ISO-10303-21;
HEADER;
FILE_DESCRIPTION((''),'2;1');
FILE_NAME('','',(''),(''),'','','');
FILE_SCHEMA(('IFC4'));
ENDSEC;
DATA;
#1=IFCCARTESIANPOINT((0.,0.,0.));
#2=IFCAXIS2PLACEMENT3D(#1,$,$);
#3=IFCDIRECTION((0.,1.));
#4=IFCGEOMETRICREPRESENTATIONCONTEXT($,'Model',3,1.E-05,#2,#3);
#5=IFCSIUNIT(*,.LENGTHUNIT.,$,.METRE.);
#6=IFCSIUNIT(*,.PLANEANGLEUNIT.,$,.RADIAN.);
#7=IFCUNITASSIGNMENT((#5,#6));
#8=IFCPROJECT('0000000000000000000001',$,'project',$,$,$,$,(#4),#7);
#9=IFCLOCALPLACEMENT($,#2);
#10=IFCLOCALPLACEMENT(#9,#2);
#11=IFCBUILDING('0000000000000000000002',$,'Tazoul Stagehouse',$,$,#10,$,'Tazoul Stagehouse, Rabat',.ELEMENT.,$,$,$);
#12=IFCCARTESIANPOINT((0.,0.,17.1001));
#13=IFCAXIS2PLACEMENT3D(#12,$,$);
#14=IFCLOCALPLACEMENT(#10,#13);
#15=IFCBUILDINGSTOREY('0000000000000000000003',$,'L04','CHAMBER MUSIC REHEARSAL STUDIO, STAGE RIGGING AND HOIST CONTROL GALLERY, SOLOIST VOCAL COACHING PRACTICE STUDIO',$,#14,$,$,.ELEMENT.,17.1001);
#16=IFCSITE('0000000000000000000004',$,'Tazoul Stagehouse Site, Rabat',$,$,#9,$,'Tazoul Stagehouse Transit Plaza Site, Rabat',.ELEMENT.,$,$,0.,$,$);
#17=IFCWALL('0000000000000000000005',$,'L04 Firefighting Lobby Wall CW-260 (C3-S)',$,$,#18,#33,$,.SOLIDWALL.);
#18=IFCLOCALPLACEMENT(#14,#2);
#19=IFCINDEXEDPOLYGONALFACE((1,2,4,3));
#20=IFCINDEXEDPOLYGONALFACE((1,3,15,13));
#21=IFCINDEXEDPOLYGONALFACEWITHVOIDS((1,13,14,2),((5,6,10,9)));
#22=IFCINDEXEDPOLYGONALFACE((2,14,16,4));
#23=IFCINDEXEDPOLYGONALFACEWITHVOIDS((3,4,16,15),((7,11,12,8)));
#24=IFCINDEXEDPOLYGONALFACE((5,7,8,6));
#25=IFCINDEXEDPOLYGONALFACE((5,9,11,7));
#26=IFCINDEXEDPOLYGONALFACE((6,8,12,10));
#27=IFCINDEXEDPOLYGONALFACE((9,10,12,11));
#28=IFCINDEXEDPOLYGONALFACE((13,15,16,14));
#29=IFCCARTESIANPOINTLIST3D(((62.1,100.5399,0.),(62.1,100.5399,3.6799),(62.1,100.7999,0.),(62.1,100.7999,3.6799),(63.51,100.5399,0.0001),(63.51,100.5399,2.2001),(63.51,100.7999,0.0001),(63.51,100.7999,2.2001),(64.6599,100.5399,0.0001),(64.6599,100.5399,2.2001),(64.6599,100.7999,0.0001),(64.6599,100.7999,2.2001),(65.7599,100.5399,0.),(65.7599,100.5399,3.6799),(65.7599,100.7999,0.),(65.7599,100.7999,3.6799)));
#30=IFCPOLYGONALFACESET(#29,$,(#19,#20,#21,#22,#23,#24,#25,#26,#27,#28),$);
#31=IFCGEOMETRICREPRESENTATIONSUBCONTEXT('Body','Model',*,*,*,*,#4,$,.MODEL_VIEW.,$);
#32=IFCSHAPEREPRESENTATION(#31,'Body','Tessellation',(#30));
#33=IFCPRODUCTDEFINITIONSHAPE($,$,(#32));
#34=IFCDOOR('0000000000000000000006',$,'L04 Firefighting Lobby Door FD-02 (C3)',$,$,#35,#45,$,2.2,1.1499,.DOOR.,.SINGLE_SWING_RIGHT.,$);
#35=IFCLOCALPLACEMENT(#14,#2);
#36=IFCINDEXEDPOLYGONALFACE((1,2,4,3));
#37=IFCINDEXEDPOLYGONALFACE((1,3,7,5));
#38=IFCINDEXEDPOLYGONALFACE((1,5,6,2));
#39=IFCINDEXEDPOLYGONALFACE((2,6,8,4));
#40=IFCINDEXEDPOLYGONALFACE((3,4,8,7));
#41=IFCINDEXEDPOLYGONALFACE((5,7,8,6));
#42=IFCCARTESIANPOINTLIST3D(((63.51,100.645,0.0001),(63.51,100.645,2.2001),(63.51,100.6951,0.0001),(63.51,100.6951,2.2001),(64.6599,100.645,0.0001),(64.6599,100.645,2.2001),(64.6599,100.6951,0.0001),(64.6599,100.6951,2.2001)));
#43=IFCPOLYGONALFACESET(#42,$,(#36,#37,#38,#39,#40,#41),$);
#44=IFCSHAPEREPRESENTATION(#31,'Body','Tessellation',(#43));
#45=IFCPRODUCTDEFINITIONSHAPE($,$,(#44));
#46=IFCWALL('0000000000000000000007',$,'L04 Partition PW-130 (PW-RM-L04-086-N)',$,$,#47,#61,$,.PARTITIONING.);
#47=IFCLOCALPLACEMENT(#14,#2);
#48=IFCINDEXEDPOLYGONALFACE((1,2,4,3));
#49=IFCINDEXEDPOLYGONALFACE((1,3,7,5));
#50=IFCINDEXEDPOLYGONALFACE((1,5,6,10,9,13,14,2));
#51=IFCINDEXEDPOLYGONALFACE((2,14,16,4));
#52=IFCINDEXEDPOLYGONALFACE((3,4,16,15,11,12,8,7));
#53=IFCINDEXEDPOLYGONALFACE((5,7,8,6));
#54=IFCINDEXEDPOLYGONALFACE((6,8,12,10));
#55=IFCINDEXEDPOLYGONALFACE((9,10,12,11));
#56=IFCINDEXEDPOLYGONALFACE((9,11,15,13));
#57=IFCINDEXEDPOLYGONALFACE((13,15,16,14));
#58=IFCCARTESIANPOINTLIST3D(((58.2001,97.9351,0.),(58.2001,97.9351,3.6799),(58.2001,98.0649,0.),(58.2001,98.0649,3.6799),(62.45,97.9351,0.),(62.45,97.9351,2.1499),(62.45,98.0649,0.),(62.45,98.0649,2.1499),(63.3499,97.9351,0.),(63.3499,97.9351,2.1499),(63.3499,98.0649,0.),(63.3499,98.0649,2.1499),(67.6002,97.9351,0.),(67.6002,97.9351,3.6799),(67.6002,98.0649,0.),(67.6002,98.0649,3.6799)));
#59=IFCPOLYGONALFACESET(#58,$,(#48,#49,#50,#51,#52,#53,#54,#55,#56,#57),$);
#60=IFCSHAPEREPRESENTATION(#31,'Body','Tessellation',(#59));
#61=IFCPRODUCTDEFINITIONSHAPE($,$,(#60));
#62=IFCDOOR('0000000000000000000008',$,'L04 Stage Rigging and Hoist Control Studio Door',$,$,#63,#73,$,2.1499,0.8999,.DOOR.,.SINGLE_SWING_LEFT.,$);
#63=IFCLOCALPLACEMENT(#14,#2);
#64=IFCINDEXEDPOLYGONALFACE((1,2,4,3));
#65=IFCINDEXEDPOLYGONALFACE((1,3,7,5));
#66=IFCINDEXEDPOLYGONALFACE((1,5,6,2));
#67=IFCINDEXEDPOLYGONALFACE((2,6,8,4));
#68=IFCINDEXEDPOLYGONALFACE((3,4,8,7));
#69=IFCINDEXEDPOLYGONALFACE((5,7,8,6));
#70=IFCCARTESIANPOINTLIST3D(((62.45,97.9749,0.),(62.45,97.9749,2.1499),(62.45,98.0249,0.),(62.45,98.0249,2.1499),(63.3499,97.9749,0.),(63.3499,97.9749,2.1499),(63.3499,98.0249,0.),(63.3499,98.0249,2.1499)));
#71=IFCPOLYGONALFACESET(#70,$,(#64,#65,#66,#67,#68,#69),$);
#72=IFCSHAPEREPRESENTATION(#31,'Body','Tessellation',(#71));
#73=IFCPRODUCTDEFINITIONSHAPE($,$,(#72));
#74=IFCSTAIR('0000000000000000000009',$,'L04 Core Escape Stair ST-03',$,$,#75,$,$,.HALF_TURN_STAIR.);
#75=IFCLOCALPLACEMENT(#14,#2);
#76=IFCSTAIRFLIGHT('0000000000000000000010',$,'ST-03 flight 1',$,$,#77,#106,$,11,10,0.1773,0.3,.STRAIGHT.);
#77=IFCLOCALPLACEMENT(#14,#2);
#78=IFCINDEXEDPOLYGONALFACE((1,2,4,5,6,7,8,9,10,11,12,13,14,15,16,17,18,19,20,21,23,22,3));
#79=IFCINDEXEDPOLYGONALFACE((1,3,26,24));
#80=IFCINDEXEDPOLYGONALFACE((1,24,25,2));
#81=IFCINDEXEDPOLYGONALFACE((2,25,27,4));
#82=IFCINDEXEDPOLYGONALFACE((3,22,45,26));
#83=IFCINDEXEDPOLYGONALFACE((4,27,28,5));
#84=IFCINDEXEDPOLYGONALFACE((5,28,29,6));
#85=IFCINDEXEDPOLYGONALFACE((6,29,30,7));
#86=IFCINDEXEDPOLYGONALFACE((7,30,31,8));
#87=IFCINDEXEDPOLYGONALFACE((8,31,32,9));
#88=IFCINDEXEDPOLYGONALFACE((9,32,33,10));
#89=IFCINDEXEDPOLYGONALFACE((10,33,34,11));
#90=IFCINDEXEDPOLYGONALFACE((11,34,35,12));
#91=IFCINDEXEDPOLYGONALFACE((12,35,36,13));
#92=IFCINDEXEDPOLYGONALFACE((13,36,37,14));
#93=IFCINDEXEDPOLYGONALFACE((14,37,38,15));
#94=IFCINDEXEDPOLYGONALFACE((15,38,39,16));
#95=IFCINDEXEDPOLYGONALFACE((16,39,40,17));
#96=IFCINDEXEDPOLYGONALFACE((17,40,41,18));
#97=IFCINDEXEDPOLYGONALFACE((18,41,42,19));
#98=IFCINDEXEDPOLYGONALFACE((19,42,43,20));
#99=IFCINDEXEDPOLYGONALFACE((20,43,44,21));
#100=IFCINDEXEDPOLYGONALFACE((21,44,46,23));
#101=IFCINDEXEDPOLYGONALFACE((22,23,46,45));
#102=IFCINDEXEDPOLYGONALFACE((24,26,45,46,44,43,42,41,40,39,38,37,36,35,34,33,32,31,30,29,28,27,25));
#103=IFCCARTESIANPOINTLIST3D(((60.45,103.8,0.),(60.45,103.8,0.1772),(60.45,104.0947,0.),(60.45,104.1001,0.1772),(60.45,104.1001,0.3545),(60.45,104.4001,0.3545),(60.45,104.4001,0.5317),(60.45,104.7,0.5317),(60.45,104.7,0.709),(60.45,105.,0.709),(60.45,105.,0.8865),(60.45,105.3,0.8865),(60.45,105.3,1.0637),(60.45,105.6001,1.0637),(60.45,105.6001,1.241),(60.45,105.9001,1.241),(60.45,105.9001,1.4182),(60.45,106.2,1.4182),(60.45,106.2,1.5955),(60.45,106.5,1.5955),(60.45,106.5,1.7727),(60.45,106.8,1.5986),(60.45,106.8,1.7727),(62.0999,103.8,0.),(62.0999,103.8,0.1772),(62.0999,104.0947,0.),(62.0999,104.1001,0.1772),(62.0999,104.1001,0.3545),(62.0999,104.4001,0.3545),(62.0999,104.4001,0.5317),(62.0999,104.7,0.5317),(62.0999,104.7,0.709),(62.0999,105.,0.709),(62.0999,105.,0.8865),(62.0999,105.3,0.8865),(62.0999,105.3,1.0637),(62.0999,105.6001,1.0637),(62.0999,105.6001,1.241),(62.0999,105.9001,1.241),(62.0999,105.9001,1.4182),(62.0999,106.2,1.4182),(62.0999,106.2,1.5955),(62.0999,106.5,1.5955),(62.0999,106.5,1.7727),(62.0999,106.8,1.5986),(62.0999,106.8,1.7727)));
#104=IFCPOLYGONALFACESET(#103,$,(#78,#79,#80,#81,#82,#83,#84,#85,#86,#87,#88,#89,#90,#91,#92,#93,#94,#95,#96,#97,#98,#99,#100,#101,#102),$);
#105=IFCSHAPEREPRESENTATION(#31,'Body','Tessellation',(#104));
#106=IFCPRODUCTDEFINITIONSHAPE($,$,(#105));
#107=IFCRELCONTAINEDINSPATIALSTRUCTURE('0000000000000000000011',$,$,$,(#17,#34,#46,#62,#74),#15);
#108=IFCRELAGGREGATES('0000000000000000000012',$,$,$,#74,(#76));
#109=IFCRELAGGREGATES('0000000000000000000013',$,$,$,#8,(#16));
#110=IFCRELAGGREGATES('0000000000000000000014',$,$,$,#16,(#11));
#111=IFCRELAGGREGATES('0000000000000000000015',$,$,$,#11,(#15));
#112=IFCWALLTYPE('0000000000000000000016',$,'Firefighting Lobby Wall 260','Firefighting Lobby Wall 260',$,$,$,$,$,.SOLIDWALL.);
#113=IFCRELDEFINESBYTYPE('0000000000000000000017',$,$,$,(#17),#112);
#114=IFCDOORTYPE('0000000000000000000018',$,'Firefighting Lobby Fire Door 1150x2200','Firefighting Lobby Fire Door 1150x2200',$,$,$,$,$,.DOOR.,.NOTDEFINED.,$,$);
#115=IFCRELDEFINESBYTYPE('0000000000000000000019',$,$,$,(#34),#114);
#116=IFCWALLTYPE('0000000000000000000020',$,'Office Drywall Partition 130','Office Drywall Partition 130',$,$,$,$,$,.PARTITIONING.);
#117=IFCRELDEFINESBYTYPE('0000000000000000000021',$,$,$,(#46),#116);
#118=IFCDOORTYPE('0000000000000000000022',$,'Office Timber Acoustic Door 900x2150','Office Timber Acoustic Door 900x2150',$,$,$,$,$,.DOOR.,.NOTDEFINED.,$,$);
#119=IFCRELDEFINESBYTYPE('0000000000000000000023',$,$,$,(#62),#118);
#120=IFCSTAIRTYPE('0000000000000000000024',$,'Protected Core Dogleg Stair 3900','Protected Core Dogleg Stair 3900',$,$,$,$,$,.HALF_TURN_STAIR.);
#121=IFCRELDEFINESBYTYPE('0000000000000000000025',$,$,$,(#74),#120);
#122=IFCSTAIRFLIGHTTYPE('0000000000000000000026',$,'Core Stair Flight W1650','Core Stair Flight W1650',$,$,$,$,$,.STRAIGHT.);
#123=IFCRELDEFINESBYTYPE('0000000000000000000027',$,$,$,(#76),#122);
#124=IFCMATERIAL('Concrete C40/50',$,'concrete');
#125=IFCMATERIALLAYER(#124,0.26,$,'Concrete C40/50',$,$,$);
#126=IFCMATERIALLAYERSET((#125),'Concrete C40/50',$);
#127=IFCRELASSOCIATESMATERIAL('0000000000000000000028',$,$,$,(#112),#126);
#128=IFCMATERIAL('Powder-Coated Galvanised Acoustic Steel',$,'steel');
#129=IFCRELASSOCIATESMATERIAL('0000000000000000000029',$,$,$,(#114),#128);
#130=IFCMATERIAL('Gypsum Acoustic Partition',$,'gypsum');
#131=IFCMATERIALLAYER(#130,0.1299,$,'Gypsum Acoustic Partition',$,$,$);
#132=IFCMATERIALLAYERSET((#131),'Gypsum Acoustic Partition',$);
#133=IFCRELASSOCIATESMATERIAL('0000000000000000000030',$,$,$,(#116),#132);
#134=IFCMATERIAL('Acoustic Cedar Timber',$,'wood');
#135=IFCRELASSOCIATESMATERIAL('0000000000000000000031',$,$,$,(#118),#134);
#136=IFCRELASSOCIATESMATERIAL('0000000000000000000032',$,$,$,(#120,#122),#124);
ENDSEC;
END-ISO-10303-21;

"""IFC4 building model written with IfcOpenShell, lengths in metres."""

from ifc_helpers import new_model, si_unit, direction, frame, frame_2d, origin, place, context, subcontext, project, spatial, polyline, rectangle, outline, extrude, material, layer, layer_set, type_object, element, fill, aggregate, save


model = new_model("IFC4")

# Units and contexts
model_context = context("Model", 3, precision=1e-05, world=origin(), true_north=direction((0.0, 1.0)))
body_context = subcontext(model_context, "Body", "Model", "MODEL_VIEW")
ifc_project = project(units=[si_unit("LENGTHUNIT", "METRE"), si_unit("PLANEANGLEUNIT", "RADIAN")], contexts=[model_context])

# Site, building, storey
site_placement = place(None, origin())
site = spatial("IfcSite", under=ifc_project, at=site_placement, Name="Tazoul Stagehouse Site, Rabat", LongName="Tazoul Stagehouse Transit Plaza Site, Rabat", CompositionType="ELEMENT", RefElevation=0.0)
building_placement = place(site_placement, origin())
building = spatial("IfcBuilding", under=site, at=building_placement, Name="Tazoul Stagehouse", LongName="Tazoul Stagehouse, Rabat", CompositionType="ELEMENT")
storey_placement = place(building_placement, frame((0.0, 0.0, 17.1001)))
storey = spatial("IfcBuildingStorey", under=building, at=storey_placement, Name="L04", Description="CHAMBER MUSIC REHEARSAL STUDIO, STAGE RIGGING AND HOIST CONTROL GALLERY, SOLOIST VOCAL COACHING PRACTICE STUDIO", CompositionType="ELEMENT", Elevation=17.1001)

# Shared definitions
ifc_material_1 = material(Name="Concrete C40/50", Category="concrete")

# Walls, openings, doors
ifc_layer_1 = layer(ifc_material_1, 0.26, Name="Concrete C40/50")
ifc_layer_set_1 = layer_set([ifc_layer_1], Name="Concrete C40/50")
wall_type_1 = type_object("IfcWallType", Name="Firefighting Lobby Wall 260", Description="Firefighting Lobby Wall 260", PredefinedType="SOLIDWALL", material=ifc_layer_set_1)
wall_1_placement = place(storey_placement, frame((65.76, 100.6699, 0.0), z_axis=(0.0, 0.0, 1.0), x_axis=(-1.0, 0.0, 0.0)))
wall_1 = element("IfcWall", 1, at=wall_1_placement, inside=storey, type_object=wall_type_1, Name="L04 Firefighting Lobby Wall CW-260 (C3-S)", PredefinedType="SOLIDWALL", context=body_context, shape_type="SweptSolid", body=[
    extrude(rectangle(XDim=3.6599, YDim=0.26, at=frame_2d((1.8301, 0.0))), origin(), (0.0, 0.0, 1.0), 3.6799),
])
opening_1_placement = place(wall_1_placement, frame((1.1001, 0.0, 0.0)))
opening_1 = element("IfcOpeningElement", 2, at=opening_1_placement, cuts=wall_1, PredefinedType="OPENING", context=body_context, shape_type="SweptSolid", body=[
    extrude(rectangle(XDim=1.1499, YDim=2.2, at=frame_2d((0.575, 1.1001))), frame((0.0, 0.1499, 0.0), z_axis=(0.0, -1.0, 0.0), x_axis=(1.0, 0.0, 0.0)), (0.0, 0.0, 1.0), 0.3),
])
ifc_material_2 = material(Name="Powder-Coated Galvanised Acoustic Steel", Category="steel")
door_type_1 = type_object("IfcDoorType", Name="Firefighting Lobby Fire Door 1150x2200", Description="Firefighting Lobby Fire Door 1150x2200", OperationType="NOTDEFINED", PredefinedType="DOOR", material=ifc_material_2)
door_1_placement = place(opening_1_placement, origin())
door_1 = element("IfcDoor", 3, at=door_1_placement, inside=storey, type_object=door_type_1, Name="L04 Firefighting Lobby Door FD-02 (C3)", OperationType="SINGLE_SWING_RIGHT", OverallHeight=2.2, OverallWidth=1.1499, PredefinedType="DOOR", context=body_context, shape_type="SweptSolid", body=[
    extrude(rectangle(XDim=1.1499, YDim=2.2, at=frame_2d((0.575, 1.1001))), frame((0.0, 0.0249, 0.0), z_axis=(0.0, -1.0, 0.0), x_axis=(1.0, 0.0, 0.0)), (0.0, 0.0, 1.0), 0.05),
])
fill(opening_1, door_1)
ifc_material_3 = material(Name="Gypsum Acoustic Partition", Category="gypsum")
ifc_layer_2 = layer(ifc_material_3, 0.1299, Name="Gypsum Acoustic Partition")
ifc_layer_set_2 = layer_set([ifc_layer_2], Name="Gypsum Acoustic Partition")
wall_type_2 = type_object("IfcWallType", Name="Office Drywall Partition 130", Description="Office Drywall Partition 130", PredefinedType="PARTITIONING", material=ifc_layer_set_2)
wall_2_placement = place(storey_placement, frame((58.2, 98.0, 0.0), z_axis=(0.0, 0.0, 1.0), x_axis=(1.0, 0.0, 0.0)))
wall_2 = element("IfcWall", 4, at=wall_2_placement, inside=storey, type_object=wall_type_2, Name="L04 Partition PW-130 (PW-RM-L04-086-N)", PredefinedType="PARTITIONING", context=body_context, shape_type="SweptSolid", body=[
    extrude(rectangle(XDim=9.4001, YDim=0.1299, at=frame_2d((4.7002, 0.0))), origin(), (0.0, 0.0, 1.0), 3.6799),
])
opening_2_placement = place(wall_2_placement, frame((4.25, 0.0, 0.0)))
opening_2 = element("IfcOpeningElement", 5, at=opening_2_placement, cuts=wall_2, PredefinedType="OPENING", context=body_context, shape_type="SweptSolid", body=[
    extrude(rectangle(XDim=0.8999, YDim=2.1499, at=frame_2d((0.45, 1.075))), frame((0.0, 0.085, 0.0), z_axis=(0.0, -1.0, 0.0), x_axis=(1.0, 0.0, 0.0)), (0.0, 0.0, 1.0), 0.1699),
])
ifc_material_4 = material(Name="Acoustic Cedar Timber", Category="wood")
door_type_2 = type_object("IfcDoorType", Name="Office Timber Acoustic Door 900x2150", Description="Office Timber Acoustic Door 900x2150", OperationType="NOTDEFINED", PredefinedType="DOOR", material=ifc_material_4)
door_2_placement = place(opening_2_placement, origin())
door_2 = element("IfcDoor", 6, at=door_2_placement, inside=storey, type_object=door_type_2, Name="L04 Stage Rigging and Hoist Control Studio Door", OperationType="SINGLE_SWING_LEFT", OverallHeight=2.1499, OverallWidth=0.8999, PredefinedType="DOOR", context=body_context, shape_type="SweptSolid", body=[
    extrude(rectangle(XDim=0.8999, YDim=2.1499, at=frame_2d((0.45, 1.075))), frame((0.0, 0.0249, 0.0), z_axis=(0.0, -1.0, 0.0), x_axis=(1.0, 0.0, 0.0)), (0.0, 0.0, 1.0), 0.05),
])
fill(opening_2, door_2)

# Stair, stair flight
stair_type = type_object("IfcStairType", Name="Protected Core Dogleg Stair 3900", Description="Protected Core Dogleg Stair 3900", PredefinedType="HALF_TURN_STAIR", material=ifc_material_1)
stair_placement = place(storey_placement, origin())
stair = element("IfcStair", 7, at=stair_placement, inside=storey, type_object=stair_type, Name="L04 Core Escape Stair ST-03", PredefinedType="HALF_TURN_STAIR")
stair_flight_type = type_object("IfcStairFlightType", Name="Core Stair Flight W1650", Description="Core Stair Flight W1650", PredefinedType="STRAIGHT", material=ifc_material_1)
stair_flight_placement = place(storey_placement, frame((61.2749, 103.8, 0.0), z_axis=(0.0, 0.0, 1.0), x_axis=(0.0, 1.0, 0.0)))
stair_flight = element("IfcStairFlight", 8, at=stair_flight_placement, type_object=stair_flight_type, Name="ST-03 flight 1", NumberOfRisers=11, NumberOfTreads=10, PredefinedType="STRAIGHT", RiserHeight=0.1773, TreadLength=0.3, context=body_context, shape_type="SweptSolid", body=[
    extrude(outline(polyline([(0.0, 0.0), (0.0, 0.1772), (0.3, 0.1772), (0.3, 0.3545), (0.6001, 0.3545), (0.6001, 0.5317), (0.8999, 0.5317), (0.8999, 0.709), (1.2, 0.709), (1.2, 0.8865), (1.5, 0.8865), (1.5, 1.0637), (1.8, 1.0637), (1.8, 1.241), (2.1001, 1.241), (2.1001, 1.4182), (2.3999, 1.4182), (2.3999, 1.5955), (2.7, 1.5955), (2.7, 1.7727), (3.0, 1.7727), (3.0, 1.95), (3.0, 1.5986), (0.2947, 0.0), (0.0, 0.0)])), frame((0.0, 0.825, 0.0), z_axis=(0.0, -1.0, 0.0), x_axis=(1.0, 0.0, 0.0)), (0.0, 0.0, 1.0), 1.6499),
])
aggregate(stair, [stair_flight])

save(model, "model.ifc")
